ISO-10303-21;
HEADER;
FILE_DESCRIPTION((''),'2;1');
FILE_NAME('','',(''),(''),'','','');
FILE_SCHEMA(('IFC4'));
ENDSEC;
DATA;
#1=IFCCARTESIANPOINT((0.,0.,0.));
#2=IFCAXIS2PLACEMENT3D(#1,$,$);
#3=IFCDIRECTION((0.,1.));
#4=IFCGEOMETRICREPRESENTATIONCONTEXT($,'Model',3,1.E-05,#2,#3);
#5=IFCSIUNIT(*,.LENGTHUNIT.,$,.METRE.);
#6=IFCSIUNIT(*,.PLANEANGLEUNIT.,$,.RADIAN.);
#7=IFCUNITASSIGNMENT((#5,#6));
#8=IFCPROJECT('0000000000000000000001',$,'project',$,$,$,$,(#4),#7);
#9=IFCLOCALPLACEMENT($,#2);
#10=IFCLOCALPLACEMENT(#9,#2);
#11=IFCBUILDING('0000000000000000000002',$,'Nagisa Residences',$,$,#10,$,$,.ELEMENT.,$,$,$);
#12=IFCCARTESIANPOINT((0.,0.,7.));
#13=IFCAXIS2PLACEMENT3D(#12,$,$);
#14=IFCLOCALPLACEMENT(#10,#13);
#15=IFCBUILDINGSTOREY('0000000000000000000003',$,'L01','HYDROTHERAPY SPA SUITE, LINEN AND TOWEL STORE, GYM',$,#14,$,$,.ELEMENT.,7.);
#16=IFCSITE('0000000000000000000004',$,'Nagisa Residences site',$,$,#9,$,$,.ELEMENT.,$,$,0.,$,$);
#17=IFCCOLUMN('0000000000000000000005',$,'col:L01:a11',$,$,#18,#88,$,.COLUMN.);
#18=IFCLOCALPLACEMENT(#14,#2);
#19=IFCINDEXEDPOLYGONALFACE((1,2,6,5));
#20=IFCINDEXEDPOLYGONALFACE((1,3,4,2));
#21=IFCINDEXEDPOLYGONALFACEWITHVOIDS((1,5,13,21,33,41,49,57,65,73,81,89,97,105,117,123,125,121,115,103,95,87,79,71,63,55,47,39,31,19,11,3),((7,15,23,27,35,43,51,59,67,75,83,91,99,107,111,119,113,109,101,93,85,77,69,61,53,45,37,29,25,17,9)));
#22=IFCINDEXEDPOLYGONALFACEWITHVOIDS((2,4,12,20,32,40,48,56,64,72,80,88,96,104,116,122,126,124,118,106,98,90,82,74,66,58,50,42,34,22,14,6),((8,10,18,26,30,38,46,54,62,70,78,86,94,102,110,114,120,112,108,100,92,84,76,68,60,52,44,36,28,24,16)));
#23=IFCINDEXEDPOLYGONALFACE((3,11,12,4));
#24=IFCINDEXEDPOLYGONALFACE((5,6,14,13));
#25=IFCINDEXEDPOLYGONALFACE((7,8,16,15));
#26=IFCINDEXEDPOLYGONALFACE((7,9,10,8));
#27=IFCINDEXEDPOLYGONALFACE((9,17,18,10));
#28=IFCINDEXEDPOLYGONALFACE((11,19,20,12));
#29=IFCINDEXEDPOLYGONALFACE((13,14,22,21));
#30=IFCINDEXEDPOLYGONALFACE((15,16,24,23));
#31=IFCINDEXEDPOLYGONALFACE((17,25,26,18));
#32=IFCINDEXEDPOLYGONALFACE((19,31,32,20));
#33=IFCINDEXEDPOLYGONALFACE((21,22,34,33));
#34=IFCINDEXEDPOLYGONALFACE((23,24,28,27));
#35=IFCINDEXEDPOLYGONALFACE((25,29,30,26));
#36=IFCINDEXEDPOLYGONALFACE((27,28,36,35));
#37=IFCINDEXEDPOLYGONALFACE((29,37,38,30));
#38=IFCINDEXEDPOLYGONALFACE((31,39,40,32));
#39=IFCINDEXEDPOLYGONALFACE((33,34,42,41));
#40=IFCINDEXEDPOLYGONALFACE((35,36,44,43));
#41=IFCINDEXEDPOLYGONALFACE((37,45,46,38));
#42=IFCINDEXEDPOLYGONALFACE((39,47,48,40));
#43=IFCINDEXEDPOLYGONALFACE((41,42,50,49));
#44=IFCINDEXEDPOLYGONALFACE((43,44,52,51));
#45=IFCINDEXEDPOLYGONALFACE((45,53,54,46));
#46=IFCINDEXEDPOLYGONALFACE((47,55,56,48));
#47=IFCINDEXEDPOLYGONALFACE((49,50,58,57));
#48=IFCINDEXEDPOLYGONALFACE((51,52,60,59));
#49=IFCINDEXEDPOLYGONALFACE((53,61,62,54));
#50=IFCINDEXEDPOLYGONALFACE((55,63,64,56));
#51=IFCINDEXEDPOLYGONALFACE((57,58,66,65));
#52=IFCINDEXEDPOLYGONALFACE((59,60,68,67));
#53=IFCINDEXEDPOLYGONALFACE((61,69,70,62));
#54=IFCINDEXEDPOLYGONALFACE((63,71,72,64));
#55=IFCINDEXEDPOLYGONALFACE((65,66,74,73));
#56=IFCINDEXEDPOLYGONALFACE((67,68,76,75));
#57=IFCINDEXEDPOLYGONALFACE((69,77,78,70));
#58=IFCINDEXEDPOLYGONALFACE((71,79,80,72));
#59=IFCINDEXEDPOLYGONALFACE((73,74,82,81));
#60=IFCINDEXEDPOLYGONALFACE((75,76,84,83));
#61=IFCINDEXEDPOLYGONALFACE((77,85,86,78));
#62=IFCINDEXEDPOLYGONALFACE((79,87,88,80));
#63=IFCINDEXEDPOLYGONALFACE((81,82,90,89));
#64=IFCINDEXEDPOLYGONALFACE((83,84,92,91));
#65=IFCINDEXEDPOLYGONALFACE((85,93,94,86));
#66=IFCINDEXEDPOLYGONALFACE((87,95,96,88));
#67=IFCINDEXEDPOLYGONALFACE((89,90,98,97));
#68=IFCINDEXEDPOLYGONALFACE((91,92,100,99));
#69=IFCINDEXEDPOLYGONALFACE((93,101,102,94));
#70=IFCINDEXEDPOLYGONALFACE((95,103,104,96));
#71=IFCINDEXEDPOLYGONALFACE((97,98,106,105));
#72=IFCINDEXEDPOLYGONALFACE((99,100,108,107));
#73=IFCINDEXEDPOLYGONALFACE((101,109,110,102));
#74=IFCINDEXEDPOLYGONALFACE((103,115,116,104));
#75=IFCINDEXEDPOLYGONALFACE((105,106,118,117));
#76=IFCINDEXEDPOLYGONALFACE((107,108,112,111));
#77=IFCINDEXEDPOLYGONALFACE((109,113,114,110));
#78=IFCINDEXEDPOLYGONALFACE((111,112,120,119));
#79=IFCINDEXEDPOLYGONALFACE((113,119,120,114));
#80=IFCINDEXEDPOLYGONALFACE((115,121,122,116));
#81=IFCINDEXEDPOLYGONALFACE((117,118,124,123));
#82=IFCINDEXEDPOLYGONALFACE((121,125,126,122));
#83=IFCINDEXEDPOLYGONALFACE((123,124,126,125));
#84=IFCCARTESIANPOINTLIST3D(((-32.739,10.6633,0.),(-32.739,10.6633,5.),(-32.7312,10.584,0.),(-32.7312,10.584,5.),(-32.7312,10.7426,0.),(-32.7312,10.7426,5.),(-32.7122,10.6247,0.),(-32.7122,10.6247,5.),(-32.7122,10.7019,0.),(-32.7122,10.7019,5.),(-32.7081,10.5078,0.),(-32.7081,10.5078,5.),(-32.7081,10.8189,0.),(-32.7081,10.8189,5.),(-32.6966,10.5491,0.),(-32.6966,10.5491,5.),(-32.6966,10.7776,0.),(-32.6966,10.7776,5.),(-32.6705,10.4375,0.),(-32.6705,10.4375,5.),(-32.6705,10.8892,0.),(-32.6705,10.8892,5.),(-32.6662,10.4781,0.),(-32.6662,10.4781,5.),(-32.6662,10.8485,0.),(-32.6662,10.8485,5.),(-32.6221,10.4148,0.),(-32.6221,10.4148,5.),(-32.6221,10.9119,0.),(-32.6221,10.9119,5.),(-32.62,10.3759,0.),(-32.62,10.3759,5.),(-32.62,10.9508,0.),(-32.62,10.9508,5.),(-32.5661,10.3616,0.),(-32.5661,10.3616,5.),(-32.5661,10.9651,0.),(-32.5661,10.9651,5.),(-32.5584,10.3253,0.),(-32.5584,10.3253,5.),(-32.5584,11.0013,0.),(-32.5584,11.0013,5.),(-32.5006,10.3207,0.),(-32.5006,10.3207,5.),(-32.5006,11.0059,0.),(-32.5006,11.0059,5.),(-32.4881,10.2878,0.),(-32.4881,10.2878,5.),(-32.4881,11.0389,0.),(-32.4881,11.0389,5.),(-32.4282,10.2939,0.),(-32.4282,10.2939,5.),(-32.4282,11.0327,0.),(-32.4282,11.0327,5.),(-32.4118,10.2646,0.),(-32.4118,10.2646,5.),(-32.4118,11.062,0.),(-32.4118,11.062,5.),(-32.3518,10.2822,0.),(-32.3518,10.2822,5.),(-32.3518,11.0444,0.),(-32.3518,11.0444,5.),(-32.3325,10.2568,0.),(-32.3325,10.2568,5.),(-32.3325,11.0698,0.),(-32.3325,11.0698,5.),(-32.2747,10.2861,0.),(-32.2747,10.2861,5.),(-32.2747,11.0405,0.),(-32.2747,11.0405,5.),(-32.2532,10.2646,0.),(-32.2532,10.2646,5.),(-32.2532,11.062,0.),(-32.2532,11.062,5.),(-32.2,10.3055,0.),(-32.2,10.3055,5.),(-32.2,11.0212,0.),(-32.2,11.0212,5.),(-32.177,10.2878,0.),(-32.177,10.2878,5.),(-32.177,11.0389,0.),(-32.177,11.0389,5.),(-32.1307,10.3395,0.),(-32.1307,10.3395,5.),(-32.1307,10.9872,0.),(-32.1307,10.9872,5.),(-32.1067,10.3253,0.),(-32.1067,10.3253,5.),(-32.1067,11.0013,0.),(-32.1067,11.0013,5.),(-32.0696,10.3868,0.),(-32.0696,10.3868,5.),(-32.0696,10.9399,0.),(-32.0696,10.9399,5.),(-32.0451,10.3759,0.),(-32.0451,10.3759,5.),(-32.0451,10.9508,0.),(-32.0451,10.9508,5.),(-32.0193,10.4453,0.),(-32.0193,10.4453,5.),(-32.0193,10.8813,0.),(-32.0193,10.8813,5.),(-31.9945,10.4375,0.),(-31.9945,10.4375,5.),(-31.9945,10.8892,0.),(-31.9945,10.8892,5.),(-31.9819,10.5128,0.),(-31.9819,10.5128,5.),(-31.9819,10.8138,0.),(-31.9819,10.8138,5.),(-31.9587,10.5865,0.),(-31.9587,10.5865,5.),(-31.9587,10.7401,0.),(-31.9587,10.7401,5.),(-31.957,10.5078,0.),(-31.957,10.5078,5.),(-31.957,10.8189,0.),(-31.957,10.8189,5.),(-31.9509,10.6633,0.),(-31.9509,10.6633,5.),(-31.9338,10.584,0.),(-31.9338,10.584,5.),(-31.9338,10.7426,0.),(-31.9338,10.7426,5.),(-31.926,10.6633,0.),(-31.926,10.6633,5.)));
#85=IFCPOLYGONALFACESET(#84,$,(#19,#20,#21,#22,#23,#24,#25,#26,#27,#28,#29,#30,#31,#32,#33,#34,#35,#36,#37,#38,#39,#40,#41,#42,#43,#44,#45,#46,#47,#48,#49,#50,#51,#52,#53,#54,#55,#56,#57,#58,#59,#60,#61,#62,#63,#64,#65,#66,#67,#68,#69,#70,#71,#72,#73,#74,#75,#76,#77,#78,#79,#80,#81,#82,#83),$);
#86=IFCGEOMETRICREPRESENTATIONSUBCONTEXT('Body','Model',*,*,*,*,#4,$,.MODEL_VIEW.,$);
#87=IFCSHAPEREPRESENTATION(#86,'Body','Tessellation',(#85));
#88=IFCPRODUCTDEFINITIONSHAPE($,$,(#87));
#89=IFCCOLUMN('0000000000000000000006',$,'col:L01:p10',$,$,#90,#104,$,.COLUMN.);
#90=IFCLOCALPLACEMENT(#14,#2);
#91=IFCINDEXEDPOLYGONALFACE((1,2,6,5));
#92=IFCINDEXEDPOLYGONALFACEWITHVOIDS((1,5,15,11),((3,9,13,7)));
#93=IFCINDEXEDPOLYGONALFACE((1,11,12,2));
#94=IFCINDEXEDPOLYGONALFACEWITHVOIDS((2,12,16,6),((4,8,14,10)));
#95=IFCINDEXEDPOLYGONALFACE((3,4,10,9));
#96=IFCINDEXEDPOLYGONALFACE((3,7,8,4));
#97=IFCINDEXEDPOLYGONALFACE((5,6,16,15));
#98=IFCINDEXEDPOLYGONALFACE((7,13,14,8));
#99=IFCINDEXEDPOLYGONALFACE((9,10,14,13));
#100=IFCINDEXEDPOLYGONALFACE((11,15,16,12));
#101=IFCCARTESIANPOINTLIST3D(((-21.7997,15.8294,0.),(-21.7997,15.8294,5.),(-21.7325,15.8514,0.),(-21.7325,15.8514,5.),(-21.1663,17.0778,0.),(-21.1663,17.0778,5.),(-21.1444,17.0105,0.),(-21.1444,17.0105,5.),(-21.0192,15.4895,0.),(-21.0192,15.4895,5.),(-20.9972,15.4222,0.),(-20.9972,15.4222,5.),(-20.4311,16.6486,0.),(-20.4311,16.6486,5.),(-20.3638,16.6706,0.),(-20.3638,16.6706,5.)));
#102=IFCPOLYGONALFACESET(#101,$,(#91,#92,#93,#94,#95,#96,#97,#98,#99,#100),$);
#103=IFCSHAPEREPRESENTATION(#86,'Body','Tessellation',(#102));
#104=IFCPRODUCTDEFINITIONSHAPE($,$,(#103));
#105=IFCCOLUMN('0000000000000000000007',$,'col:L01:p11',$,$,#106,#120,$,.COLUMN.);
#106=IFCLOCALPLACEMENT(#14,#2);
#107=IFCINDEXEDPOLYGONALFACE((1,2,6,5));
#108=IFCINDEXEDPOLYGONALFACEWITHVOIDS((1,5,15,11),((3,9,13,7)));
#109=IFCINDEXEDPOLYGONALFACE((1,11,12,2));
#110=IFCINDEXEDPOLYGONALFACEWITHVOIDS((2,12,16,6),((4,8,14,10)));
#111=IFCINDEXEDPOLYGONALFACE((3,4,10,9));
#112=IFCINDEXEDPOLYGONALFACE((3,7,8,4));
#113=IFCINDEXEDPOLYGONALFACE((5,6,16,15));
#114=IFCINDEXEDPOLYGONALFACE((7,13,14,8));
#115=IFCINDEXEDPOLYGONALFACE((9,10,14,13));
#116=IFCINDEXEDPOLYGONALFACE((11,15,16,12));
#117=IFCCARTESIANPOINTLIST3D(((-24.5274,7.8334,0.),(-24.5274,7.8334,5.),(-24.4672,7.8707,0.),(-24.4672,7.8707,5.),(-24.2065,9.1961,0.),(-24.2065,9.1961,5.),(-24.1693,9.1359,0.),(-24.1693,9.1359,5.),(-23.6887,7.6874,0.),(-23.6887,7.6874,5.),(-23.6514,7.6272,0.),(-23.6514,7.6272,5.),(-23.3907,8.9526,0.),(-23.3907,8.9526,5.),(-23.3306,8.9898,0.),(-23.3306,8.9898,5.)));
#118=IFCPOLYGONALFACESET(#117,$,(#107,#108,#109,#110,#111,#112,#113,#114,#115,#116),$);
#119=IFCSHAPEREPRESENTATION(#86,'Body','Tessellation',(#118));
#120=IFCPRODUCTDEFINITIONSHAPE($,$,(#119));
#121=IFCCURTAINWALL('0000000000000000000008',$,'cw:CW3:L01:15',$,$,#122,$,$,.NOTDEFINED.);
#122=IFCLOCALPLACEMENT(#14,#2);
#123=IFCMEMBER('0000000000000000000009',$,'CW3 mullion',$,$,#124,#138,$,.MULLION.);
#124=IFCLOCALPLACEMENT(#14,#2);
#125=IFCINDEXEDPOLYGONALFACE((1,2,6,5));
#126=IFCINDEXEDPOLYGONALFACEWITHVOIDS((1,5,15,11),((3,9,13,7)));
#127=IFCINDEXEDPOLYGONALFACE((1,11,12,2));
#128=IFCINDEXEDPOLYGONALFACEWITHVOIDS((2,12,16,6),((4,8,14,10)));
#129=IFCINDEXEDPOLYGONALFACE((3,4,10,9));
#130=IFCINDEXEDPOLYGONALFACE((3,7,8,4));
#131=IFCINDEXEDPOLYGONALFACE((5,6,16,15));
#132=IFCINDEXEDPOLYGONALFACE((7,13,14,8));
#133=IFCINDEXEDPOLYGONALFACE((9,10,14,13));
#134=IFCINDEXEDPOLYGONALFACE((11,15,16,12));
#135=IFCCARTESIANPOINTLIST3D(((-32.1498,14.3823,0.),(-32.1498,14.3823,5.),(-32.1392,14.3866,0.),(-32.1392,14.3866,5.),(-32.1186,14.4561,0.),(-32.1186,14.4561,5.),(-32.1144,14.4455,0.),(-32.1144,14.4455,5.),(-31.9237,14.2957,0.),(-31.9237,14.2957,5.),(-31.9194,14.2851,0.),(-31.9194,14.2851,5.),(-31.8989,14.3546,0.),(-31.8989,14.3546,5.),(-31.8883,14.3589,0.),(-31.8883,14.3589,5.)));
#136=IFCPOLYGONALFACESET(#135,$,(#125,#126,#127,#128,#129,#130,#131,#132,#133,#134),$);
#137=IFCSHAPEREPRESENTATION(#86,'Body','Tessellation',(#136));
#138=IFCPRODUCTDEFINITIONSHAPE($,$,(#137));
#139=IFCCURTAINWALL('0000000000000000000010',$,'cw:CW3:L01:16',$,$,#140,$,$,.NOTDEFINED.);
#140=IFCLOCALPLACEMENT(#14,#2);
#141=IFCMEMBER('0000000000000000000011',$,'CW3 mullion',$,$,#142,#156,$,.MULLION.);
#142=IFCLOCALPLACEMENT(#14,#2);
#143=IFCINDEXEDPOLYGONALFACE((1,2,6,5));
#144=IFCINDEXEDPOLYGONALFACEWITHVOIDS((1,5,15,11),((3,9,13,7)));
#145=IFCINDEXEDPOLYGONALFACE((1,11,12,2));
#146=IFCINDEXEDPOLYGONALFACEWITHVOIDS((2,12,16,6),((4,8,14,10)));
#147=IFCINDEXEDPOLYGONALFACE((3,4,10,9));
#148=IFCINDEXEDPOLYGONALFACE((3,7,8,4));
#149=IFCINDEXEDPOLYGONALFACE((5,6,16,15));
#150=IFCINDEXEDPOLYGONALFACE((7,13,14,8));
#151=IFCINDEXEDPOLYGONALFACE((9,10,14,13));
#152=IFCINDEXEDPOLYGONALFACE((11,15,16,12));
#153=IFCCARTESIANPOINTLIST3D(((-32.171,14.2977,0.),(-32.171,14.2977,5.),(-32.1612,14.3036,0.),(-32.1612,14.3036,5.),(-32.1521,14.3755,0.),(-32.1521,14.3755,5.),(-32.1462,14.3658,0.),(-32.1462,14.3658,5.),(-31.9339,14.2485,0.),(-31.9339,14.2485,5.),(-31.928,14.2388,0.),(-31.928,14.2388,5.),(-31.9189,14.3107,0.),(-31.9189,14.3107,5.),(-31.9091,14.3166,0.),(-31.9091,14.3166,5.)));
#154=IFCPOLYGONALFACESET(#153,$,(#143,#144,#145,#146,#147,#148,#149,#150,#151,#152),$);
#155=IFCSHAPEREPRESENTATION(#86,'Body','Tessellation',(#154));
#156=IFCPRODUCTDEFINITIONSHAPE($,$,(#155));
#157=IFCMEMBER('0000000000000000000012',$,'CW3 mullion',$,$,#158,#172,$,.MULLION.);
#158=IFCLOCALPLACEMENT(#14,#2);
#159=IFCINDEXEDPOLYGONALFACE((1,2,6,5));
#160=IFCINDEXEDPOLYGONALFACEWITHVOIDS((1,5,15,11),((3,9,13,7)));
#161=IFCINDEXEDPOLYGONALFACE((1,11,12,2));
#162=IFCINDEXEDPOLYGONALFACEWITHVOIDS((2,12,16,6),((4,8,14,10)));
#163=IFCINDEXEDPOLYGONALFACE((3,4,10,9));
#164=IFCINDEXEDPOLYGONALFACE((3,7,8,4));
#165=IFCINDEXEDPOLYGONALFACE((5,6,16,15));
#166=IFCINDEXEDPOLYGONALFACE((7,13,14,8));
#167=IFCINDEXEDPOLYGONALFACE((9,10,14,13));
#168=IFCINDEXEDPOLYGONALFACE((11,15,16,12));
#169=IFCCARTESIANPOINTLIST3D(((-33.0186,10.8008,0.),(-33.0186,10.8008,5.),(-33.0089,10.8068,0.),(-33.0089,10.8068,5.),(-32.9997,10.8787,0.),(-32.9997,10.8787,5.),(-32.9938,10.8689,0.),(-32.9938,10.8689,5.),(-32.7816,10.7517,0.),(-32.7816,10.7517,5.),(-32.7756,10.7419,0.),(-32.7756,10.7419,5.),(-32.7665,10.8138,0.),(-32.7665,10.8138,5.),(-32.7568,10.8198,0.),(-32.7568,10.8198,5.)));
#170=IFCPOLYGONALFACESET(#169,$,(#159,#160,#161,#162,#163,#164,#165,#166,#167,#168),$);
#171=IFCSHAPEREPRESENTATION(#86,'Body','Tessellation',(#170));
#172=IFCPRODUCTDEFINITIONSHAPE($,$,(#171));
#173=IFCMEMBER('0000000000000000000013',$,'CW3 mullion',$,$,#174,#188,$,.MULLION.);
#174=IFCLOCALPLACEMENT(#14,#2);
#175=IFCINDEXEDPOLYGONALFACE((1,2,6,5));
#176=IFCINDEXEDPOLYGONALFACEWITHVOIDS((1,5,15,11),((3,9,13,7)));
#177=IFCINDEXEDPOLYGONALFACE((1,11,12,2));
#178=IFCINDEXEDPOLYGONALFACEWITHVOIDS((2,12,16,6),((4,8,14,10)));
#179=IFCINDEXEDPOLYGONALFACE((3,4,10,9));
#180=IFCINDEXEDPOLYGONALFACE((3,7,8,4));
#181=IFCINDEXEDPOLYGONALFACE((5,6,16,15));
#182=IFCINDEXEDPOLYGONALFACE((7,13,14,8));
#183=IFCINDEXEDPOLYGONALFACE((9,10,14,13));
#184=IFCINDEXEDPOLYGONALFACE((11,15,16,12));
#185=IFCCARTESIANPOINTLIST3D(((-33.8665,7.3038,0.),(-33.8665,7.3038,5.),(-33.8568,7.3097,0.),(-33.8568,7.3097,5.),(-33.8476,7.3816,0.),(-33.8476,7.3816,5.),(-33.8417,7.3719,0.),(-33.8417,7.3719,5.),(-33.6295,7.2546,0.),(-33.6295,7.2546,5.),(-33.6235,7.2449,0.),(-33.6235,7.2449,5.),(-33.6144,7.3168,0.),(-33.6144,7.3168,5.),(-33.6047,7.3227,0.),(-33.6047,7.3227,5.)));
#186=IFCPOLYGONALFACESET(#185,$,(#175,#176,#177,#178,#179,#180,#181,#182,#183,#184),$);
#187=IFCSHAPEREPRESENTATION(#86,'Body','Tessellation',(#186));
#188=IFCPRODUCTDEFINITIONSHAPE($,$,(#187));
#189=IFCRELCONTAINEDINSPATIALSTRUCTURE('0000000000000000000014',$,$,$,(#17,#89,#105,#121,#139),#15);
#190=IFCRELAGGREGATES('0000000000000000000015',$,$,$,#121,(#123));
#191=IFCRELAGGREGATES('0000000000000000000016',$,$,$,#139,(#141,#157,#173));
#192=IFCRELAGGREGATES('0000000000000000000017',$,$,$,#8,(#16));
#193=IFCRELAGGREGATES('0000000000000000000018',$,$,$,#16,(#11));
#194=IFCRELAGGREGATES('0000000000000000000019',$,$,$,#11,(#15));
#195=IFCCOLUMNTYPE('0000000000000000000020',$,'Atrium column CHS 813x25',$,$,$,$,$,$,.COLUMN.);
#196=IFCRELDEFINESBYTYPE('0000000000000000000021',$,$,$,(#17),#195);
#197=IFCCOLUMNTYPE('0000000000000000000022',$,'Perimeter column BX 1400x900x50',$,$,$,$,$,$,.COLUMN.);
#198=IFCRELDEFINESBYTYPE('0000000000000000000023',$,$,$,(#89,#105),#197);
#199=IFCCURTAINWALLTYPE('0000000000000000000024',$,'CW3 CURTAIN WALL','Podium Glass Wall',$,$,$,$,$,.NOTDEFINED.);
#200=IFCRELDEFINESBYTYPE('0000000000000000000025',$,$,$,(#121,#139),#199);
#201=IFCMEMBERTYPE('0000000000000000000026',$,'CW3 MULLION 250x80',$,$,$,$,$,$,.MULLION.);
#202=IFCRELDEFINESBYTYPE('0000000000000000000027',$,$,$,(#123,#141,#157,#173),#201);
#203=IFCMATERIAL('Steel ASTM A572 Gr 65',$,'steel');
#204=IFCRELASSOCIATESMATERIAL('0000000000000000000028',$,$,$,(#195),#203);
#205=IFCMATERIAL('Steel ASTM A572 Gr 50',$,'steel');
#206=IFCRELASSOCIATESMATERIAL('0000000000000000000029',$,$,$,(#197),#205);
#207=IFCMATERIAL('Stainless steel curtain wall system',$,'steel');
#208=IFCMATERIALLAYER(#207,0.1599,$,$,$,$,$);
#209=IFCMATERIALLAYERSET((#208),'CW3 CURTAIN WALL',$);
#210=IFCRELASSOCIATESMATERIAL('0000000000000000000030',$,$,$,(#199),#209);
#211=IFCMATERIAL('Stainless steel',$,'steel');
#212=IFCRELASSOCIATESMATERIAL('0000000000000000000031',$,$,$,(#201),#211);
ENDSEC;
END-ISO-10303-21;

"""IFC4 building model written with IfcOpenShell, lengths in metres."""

from ifc_helpers import new_model, si_unit, direction, frame, origin, origin_2d, place, context, subcontext, project, spatial, hollow_rectangle, hollow_circle, extrude, material, layer, layer_set, material_profile, profile_set, type_object, element, aggregate, save


model = new_model("IFC4")

# Units and contexts
model_context = context("Model", 3, precision=1e-05, world=origin(), true_north=direction((0.0, 1.0)))
body_context = subcontext(model_context, "Body", "Model", "MODEL_VIEW")
ifc_project = project(units=[si_unit("LENGTHUNIT", "METRE"), si_unit("PLANEANGLEUNIT", "RADIAN")], contexts=[model_context])

# Site, building, storey
site_placement = place(None, origin())
site = spatial("IfcSite", under=ifc_project, at=site_placement, Name="Nagisa Residences site", CompositionType="ELEMENT", RefElevation=0.0)
building_placement = place(site_placement, origin())
building = spatial("IfcBuilding", under=site, at=building_placement, Name="Nagisa Residences", CompositionType="ELEMENT")
storey_placement = place(building_placement, frame((0.0, 0.0, 7.0)))
storey = spatial("IfcBuildingStorey", under=building, at=storey_placement, Name="L01", Description="HYDROTHERAPY SPA SUITE, LINEN AND TOWEL STORE, GYM", CompositionType="ELEMENT", Elevation=7.0)

# Columns
ifc_material_1 = material(Name="Steel ASTM A572 Gr 65", Category="steel")
ifc_material_profile_1 = material_profile(ifc_material_1, hollow_circle(Radius=0.4065, WallThickness=0.0249, at=origin_2d()), Name="CHS 813x25")
ifc_profile_set_1 = profile_set([ifc_material_profile_1], Name="Steel ASTM A572 Gr 65")
column_type_1 = type_object("IfcColumnType", Name="Atrium column CHS 813x25", PredefinedType="COLUMN", material=ifc_profile_set_1)
column_placement = place(storey_placement, frame((-32.3325, 10.6633, 0.0), z_axis=(0.0, 0.0, 1.0), x_axis=(1.0, 0.0, 0.0)))
element("IfcColumn", 1, at=column_placement, inside=storey, type_object=column_type_1, Name="col:L01:a11", PredefinedType="COLUMN", context=body_context, shape_type="SweptSolid", body=[
    extrude(hollow_circle(Radius=0.4065, WallThickness=0.0249, at=origin_2d()), origin(), (0.0, 0.0, 1.0), 5.0),
])
ifc_material_2 = material(Name="Steel ASTM A572 Gr 50", Category="steel")
ifc_material_profile_2 = material_profile(ifc_material_2, hollow_rectangle(XDim=1.3999, YDim=0.8999, WallThickness=0.05, at=origin_2d()), Name="BX 1400x900x50")
ifc_profile_set_2 = profile_set([ifc_material_profile_2], Name="Steel ASTM A572 Gr 50")
column_type_2 = type_object("IfcColumnType", Name="Perimeter column BX 1400x900x50", PredefinedType="COLUMN", material=ifc_profile_set_2)
for number, where, z_axis, x_axis, name in (
    (2, (-21.0818, 16.25, 0.0), (0.0, 0.0, 1.0), (-0.452463, -0.891783, 0.0), "col:L01:p10"),
    (3, (-23.929, 8.4116, 0.0), (0.0, 0.0, 1.0), (-0.229202, -0.973379, 0.0), "col:L01:p11"),
):
    element("IfcColumn", number, at=place(storey_placement, frame(where, z_axis=z_axis, x_axis=x_axis)), inside=storey, type_object=column_type_2, Name=name, PredefinedType="COLUMN", context=body_context, shape_type="SweptSolid", body=[
        extrude(hollow_rectangle(XDim=1.3999, YDim=0.8999, WallThickness=0.05, at=origin_2d()), origin(), (0.0, 0.0, 1.0), 5.0),
    ])

# Curtain wall, member
ifc_material_3 = material(Name="Stainless steel curtain wall system", Category="steel")
ifc_layer_1 = layer(ifc_material_3, 0.1599)
ifc_layer_set_1 = layer_set([ifc_layer_1], Name="CW3 CURTAIN WALL")
curtain_wall_type_1 = type_object("IfcCurtainWallType", Name="CW3 CURTAIN WALL", Description="Podium Glass Wall", PredefinedType="NOTDEFINED", material=ifc_layer_set_1)
curtain_wall_1_placement = place(storey_placement, origin())
curtain_wall_1 = element("IfcCurtainWall", 4, at=curtain_wall_1_placement, inside=storey, type_object=curtain_wall_type_1, Name="cw:CW3:L01:15", PredefinedType="NOTDEFINED")
ifc_material_4 = material(Name="Stainless steel", Category="steel")
ifc_material_profile_3 = material_profile(ifc_material_4, hollow_rectangle(XDim=0.25, YDim=0.0801, WallThickness=0.0081, at=origin_2d()), Name="CW3 MULLION 250x80")
ifc_profile_set_3 = profile_set([ifc_material_profile_3], Name="Stainless steel")
member_type_1 = type_object("IfcMemberType", Name="CW3 MULLION 250x80", PredefinedType="MULLION", material=ifc_profile_set_3)
member_1_placement = place(storey_placement, frame((-32.019, 14.3706, 0.0), z_axis=(0.0, 0.0, 1.0), x_axis=(0.921357, -0.388718, 0.0)))
member_1 = element("IfcMember", 5, at=member_1_placement, type_object=member_type_1, Name="CW3 mullion", PredefinedType="MULLION", context=body_context, shape_type="SweptSolid", body=[
    extrude(hollow_rectangle(XDim=0.25, YDim=0.0801, WallThickness=0.0081, at=origin_2d()), origin(), (0.0, 0.0, 1.0), 5.0),
])

# Curtain wall, members
curtain_wall_2_placement = place(storey_placement, origin())
curtain_wall_2 = element("IfcCurtainWall", 6, at=curtain_wall_2_placement, inside=storey, type_object=curtain_wall_type_1, Name="cw:CW3:L01:16", PredefinedType="NOTDEFINED")
member_2_placement = place(storey_placement, frame((-32.04, 14.3071, 0.0), z_axis=(0.0, 0.0, 1.0), x_axis=(0.971849, -0.235606, 0.0)))
member_2 = element("IfcMember", 7, at=member_2_placement, type_object=member_type_1, Name="CW3 mullion", PredefinedType="MULLION", context=body_context, shape_type="SweptSolid", body=[
    extrude(hollow_rectangle(XDim=0.25, YDim=0.0801, WallThickness=0.0081, at=origin_2d()), origin(), (0.0, 0.0, 1.0), 5.0),
])
member_3_placement = place(storey_placement, frame((-32.8877, 10.8103, 0.0), z_axis=(0.0, 0.0, 1.0), x_axis=(0.971849, -0.235606, 0.0)))
member_3 = element("IfcMember", 8, at=member_3_placement, type_object=member_type_1, Name="CW3 mullion", PredefinedType="MULLION", context=body_context, shape_type="SweptSolid", body=[
    extrude(hollow_rectangle(XDim=0.25, YDim=0.0801, WallThickness=0.0081, at=origin_2d()), origin(), (0.0, 0.0, 1.0), 5.0),
])
member_4_placement = place(storey_placement, frame((-33.7356, 7.3132, 0.0), z_axis=(0.0, 0.0, 1.0), x_axis=(0.971849, -0.235606, 0.0)))
member_4 = element("IfcMember", 9, at=member_4_placement, type_object=member_type_1, Name="CW3 mullion", PredefinedType="MULLION", context=body_context, shape_type="SweptSolid", body=[
    extrude(hollow_rectangle(XDim=0.25, YDim=0.0801, WallThickness=0.0081, at=origin_2d()), origin(), (0.0, 0.0, 1.0), 5.0),
])

aggregate(curtain_wall_1, [member_1])
aggregate(curtain_wall_2, [member_2, member_3, member_4])

save(model, "model.ifc")
